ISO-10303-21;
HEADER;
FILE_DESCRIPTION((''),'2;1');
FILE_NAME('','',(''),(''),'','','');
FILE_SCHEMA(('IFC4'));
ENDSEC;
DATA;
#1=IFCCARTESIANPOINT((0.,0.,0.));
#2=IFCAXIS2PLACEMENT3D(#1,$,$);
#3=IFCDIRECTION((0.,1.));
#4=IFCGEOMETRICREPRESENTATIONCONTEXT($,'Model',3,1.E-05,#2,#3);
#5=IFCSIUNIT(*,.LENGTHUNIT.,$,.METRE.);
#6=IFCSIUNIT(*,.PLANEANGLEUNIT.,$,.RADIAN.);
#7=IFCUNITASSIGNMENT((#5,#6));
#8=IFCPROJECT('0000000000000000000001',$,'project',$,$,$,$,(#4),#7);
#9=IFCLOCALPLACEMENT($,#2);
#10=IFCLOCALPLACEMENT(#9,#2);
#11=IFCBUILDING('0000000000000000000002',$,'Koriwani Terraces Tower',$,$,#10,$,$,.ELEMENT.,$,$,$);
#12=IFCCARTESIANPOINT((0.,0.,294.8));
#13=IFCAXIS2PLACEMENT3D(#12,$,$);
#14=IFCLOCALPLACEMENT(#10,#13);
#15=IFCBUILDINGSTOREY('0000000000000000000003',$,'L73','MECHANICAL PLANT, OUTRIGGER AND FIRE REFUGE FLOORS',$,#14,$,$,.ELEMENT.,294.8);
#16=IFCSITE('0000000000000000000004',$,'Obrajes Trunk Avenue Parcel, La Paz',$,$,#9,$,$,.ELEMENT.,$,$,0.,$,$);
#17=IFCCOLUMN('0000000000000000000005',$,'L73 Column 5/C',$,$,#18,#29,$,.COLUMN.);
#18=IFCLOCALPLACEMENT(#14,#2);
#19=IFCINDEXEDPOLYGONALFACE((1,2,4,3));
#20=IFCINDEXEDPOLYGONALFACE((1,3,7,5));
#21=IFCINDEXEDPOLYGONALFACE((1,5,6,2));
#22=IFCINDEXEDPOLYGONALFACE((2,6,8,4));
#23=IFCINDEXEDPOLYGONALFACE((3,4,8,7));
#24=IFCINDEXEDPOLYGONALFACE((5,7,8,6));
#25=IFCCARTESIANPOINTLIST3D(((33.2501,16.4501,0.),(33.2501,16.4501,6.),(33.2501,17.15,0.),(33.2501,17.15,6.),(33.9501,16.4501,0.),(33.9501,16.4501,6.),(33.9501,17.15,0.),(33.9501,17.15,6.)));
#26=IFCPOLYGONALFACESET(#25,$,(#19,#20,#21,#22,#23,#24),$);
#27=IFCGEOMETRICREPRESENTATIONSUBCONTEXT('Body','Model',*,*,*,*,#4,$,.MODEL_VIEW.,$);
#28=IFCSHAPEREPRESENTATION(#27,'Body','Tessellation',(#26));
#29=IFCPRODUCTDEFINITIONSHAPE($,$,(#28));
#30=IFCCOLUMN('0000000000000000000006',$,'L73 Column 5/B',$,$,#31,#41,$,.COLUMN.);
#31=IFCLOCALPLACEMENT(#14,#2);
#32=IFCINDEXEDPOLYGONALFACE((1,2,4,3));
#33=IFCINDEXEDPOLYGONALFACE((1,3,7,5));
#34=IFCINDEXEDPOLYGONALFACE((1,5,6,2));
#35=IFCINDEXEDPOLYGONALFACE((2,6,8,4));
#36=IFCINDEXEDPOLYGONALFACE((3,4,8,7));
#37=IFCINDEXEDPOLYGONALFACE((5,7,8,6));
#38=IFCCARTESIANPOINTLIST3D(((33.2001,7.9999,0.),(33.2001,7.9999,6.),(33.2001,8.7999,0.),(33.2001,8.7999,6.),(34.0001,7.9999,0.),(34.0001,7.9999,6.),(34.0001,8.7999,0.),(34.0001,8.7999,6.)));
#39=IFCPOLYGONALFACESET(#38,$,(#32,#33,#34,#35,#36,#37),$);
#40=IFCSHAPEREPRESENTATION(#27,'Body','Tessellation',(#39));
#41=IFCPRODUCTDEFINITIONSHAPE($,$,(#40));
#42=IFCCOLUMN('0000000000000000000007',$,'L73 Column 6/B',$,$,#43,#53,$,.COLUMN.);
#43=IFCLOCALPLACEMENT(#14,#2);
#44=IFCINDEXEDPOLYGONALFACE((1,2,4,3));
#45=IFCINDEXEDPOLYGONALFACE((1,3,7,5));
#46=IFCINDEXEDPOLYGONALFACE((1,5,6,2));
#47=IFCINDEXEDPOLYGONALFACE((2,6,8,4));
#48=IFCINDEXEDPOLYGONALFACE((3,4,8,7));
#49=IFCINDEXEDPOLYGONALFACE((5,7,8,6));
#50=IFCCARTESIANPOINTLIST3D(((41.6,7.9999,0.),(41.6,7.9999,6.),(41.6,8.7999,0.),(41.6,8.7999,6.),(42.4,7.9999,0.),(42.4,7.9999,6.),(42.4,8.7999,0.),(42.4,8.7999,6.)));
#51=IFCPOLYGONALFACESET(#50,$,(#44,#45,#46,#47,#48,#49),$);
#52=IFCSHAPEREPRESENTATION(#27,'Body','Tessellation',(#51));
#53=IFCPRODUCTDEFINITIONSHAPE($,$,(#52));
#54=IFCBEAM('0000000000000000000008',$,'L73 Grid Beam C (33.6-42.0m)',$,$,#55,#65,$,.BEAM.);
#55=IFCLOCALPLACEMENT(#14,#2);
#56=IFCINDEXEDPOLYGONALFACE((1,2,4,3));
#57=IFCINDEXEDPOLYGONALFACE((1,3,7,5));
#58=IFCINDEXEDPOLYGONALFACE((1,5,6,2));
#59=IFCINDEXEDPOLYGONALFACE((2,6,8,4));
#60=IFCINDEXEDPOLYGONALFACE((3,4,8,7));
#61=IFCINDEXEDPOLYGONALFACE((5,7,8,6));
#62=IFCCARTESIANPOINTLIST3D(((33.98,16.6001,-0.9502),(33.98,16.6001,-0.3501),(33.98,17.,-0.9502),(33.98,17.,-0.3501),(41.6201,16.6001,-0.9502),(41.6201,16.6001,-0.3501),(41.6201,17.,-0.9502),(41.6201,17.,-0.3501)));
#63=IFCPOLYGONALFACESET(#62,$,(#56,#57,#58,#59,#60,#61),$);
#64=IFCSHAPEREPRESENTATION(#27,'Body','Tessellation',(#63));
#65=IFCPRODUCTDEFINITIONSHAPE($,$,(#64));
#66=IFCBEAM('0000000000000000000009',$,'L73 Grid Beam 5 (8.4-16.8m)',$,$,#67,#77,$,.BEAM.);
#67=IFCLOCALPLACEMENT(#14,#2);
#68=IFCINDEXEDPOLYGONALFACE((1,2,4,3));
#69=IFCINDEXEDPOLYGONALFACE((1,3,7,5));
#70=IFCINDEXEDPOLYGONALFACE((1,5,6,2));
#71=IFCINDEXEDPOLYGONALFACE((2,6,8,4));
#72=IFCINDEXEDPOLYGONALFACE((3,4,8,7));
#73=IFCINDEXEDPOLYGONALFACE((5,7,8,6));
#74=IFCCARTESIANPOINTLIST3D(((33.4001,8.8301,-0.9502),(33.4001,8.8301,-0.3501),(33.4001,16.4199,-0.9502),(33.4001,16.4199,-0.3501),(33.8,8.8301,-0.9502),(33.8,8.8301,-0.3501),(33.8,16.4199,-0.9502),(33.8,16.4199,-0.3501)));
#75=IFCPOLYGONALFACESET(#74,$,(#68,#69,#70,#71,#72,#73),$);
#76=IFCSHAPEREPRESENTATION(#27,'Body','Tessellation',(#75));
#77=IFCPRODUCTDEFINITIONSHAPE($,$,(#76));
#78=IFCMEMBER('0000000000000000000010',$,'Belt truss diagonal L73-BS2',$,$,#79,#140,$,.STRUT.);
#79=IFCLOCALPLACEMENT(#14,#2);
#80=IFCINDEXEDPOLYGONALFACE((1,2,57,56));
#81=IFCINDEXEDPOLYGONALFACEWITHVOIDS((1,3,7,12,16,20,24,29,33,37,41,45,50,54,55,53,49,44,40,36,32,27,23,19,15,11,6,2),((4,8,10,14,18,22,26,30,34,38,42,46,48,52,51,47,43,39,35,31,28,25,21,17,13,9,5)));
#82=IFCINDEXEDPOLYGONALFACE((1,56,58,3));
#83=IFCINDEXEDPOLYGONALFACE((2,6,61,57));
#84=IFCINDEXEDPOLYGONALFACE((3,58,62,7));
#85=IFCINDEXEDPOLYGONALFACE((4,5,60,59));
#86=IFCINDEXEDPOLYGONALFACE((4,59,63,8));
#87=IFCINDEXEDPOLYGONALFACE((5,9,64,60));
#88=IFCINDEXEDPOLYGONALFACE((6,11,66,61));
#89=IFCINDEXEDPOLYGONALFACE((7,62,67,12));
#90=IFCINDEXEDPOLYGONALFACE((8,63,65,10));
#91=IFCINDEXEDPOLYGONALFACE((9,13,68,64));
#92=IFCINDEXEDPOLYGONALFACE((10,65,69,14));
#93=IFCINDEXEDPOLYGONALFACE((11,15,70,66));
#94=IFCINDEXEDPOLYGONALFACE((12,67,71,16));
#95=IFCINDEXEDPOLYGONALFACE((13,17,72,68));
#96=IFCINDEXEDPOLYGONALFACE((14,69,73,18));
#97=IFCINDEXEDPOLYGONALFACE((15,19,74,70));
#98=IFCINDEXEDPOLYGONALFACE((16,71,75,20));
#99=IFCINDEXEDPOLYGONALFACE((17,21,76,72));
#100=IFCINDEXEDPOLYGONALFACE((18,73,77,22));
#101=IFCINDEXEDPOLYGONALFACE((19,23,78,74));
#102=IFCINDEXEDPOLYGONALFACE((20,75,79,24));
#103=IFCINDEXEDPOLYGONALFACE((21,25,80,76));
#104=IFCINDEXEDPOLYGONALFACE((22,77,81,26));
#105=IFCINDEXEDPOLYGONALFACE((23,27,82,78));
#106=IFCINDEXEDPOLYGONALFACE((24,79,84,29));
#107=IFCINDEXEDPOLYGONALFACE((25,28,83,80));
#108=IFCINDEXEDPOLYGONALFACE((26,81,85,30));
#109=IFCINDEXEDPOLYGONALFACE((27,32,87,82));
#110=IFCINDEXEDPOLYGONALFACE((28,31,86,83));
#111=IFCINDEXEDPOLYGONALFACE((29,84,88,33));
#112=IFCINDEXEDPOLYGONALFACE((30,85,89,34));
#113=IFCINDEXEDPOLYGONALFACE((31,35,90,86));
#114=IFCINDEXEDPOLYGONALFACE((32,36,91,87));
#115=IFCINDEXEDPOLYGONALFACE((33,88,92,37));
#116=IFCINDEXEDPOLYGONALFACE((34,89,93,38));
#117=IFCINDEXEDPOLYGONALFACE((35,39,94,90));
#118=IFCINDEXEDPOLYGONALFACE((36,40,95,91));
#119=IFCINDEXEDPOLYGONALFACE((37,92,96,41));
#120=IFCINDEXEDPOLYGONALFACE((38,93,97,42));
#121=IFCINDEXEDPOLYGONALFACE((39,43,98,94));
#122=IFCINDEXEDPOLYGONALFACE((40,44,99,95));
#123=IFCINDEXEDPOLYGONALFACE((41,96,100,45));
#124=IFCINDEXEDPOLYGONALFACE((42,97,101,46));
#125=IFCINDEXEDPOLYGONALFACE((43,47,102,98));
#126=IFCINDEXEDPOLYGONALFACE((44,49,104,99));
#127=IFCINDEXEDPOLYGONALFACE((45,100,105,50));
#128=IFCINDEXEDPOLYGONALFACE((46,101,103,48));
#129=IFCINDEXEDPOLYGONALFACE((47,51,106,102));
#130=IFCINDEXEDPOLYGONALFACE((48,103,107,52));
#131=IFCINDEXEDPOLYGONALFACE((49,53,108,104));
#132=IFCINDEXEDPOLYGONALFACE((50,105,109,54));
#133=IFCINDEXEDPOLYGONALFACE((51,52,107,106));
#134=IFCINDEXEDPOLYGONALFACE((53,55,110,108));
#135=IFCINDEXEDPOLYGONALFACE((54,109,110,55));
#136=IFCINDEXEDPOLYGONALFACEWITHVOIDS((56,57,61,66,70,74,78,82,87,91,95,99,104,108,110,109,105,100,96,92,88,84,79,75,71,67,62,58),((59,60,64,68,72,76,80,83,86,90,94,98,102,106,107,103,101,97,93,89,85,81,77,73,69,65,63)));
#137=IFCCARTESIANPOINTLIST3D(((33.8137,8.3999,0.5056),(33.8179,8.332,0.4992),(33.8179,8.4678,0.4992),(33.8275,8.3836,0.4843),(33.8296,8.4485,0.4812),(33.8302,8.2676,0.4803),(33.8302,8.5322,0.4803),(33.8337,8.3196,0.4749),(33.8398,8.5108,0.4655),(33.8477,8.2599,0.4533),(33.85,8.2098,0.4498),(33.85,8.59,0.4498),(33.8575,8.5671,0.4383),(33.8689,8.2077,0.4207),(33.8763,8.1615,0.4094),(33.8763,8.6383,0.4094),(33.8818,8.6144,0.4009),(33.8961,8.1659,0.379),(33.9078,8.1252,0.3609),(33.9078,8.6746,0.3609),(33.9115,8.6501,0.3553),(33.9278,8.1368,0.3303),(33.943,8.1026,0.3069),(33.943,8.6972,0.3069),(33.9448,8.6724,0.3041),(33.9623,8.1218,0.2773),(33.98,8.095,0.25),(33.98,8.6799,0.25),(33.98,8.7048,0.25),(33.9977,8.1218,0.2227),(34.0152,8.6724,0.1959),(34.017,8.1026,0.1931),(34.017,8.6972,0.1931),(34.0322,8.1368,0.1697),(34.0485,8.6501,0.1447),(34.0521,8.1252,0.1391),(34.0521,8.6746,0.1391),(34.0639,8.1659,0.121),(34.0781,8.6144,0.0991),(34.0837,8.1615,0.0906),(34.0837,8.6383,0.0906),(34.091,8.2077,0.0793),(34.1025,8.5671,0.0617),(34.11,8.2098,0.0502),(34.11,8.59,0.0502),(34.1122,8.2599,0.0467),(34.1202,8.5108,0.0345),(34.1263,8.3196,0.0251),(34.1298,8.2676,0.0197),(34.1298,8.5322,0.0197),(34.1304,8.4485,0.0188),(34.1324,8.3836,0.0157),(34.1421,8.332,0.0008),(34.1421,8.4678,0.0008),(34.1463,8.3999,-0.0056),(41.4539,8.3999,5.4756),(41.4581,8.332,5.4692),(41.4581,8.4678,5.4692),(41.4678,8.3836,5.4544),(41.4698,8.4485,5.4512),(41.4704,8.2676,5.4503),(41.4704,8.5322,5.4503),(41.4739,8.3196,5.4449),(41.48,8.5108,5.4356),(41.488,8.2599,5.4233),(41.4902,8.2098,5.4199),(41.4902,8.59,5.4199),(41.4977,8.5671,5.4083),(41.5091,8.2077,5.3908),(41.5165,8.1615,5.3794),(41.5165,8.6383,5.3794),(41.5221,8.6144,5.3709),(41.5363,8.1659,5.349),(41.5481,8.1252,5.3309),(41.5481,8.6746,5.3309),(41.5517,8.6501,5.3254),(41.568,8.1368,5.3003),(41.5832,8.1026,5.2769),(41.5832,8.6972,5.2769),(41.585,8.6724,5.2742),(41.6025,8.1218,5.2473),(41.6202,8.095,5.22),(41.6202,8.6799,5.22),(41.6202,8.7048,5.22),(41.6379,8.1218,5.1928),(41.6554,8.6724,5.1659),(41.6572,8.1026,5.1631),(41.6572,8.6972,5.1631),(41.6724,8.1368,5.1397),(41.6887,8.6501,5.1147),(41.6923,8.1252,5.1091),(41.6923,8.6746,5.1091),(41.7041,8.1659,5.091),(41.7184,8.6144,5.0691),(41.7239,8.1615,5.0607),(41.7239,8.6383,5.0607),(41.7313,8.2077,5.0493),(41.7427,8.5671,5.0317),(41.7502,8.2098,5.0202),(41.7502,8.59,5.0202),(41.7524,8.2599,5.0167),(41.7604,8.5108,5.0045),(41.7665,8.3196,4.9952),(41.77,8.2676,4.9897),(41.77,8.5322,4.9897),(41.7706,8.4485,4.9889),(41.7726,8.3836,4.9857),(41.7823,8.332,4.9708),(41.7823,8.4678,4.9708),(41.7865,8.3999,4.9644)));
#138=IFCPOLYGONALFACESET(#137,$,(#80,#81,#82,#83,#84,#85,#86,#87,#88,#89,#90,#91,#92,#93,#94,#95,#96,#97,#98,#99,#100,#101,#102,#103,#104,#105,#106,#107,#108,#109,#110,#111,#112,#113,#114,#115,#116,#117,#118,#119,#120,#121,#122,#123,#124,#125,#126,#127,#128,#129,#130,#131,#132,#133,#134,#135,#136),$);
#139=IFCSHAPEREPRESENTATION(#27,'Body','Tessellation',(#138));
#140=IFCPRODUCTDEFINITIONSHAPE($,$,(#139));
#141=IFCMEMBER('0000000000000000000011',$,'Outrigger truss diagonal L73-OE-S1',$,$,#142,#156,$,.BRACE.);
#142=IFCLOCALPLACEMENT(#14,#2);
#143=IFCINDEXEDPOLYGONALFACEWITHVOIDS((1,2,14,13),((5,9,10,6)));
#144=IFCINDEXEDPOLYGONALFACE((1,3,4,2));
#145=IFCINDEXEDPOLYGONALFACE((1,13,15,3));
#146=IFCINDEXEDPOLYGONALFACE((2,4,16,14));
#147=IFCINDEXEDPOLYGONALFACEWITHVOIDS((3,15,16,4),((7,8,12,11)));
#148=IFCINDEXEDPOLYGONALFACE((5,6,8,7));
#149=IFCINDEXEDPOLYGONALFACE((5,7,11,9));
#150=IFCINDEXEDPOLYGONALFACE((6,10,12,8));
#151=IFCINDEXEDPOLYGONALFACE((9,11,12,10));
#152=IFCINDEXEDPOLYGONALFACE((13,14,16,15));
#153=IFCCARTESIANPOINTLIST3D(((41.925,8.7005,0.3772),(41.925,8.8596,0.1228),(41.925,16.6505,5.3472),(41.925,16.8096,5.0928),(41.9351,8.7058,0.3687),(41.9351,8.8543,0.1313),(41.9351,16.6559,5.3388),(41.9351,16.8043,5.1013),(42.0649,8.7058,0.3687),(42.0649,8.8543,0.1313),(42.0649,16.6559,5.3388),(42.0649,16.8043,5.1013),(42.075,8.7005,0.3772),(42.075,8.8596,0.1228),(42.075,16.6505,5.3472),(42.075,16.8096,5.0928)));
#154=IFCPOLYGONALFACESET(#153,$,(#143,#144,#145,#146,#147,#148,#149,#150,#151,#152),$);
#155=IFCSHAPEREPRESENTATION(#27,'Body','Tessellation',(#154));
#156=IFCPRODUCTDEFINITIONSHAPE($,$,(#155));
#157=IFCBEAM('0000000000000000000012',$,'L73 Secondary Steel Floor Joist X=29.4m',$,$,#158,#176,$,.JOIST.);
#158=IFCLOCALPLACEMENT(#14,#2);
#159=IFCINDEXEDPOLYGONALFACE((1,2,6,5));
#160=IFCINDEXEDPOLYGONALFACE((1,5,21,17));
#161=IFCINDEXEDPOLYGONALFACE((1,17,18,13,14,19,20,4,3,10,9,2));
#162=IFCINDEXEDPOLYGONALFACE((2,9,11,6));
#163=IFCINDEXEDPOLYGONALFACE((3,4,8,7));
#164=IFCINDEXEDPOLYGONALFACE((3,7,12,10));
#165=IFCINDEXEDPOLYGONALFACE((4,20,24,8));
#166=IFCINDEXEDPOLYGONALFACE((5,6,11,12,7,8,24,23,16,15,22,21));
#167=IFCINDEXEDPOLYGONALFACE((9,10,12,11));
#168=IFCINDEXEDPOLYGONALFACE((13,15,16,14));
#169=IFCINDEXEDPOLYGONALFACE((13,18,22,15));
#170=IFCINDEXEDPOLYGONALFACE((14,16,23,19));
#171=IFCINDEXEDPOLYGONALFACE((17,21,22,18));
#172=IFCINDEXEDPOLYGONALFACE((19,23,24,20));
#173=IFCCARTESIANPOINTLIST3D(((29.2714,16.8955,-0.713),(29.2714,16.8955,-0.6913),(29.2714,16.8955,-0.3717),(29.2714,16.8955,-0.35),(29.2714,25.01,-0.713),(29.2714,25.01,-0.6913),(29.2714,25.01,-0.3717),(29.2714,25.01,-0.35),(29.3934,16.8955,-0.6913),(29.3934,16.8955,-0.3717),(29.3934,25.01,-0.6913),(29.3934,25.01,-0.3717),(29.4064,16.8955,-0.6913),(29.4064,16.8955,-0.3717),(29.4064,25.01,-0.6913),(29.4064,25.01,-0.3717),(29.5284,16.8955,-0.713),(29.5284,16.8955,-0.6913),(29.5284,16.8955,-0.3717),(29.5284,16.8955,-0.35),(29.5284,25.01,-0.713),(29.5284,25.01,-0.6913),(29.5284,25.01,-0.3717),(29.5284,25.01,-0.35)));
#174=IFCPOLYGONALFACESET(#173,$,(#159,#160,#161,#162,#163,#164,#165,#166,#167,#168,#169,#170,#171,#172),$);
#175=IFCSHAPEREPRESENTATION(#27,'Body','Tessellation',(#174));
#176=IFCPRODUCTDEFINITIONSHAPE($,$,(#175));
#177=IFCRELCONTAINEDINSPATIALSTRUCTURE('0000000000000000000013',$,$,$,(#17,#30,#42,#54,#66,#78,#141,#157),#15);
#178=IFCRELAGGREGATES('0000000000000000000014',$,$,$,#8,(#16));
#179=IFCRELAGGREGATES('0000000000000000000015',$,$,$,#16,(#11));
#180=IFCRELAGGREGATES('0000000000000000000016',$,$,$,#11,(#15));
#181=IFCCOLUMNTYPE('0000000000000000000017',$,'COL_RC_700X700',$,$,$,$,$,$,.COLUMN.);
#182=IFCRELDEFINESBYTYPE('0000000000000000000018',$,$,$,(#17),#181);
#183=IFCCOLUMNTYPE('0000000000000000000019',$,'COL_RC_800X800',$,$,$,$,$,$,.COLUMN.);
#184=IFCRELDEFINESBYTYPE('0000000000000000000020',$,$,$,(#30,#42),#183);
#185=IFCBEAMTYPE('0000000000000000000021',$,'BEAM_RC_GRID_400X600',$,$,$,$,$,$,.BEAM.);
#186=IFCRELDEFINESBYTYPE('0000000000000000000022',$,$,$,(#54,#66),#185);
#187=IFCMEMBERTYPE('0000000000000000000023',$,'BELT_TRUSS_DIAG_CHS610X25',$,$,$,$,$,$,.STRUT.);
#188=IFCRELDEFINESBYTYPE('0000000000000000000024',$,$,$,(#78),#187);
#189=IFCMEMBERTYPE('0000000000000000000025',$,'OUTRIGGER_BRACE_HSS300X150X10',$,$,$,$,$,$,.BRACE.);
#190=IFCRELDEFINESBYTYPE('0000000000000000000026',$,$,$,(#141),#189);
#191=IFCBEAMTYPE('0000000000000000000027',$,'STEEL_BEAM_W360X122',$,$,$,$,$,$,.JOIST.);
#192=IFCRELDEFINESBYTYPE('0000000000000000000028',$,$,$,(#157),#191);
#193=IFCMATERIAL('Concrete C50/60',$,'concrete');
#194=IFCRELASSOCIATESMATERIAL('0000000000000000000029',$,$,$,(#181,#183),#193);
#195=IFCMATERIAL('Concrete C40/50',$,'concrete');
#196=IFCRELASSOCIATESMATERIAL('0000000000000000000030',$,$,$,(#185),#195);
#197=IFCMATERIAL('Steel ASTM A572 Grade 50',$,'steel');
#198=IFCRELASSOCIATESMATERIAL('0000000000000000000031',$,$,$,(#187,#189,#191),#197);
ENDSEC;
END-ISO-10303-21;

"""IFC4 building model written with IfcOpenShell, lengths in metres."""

from ifc_helpers import new_model, si_unit, direction, frame, origin, origin_2d, place, context, subcontext, project, spatial, rectangle, hollow_rectangle, hollow_circle, i_section, extrude, material, material_profile, profile_set, type_object, element, save


model = new_model("IFC4")

# Units and contexts
model_context = context("Model", 3, precision=1e-05, world=origin(), true_north=direction((0.0, 1.0)))
body_context = subcontext(model_context, "Body", "Model", "MODEL_VIEW")
ifc_project = project(units=[si_unit("LENGTHUNIT", "METRE"), si_unit("PLANEANGLEUNIT", "RADIAN")], contexts=[model_context])

# Site, building, storey
site_placement = place(None, origin())
site = spatial("IfcSite", under=ifc_project, at=site_placement, Name="Obrajes Trunk Avenue Parcel, La Paz", CompositionType="ELEMENT", RefElevation=0.0)
building_placement = place(site_placement, origin())
building = spatial("IfcBuilding", under=site, at=building_placement, Name="Koriwani Terraces Tower", CompositionType="ELEMENT")
storey_placement = place(building_placement, frame((0.0, 0.0, 294.8)))
storey = spatial("IfcBuildingStorey", under=building, at=storey_placement, Name="L73", Description="MECHANICAL PLANT, OUTRIGGER AND FIRE REFUGE FLOORS", CompositionType="ELEMENT", Elevation=294.8)

# Columns
ifc_material_1 = material(Name="Concrete C50/60", Category="concrete")
ifc_material_profile_1 = material_profile(ifc_material_1, rectangle(XDim=0.7, YDim=0.7, at=origin_2d()), Name="Concrete C50/60", Category="LoadBearing")
ifc_profile_set_1 = profile_set([ifc_material_profile_1], Name="Concrete C50/60")
column_type_1 = type_object("IfcColumnType", Name="COL_RC_700X700", PredefinedType="COLUMN", material=ifc_profile_set_1)
column_placement = place(storey_placement, frame((33.6001, 16.8, 0.0), z_axis=(0.0, 0.0, 1.0), x_axis=(1.0, 0.0, 0.0)))
element("IfcColumn", 1, at=column_placement, inside=storey, type_object=column_type_1, Name="L73 Column 5/C", PredefinedType="COLUMN", context=body_context, shape_type="SweptSolid", body=[
    extrude(rectangle(XDim=0.7, YDim=0.7, at=origin_2d()), origin(), (0.0, 0.0, 1.0), 6.0),
])
ifc_material_profile_2 = material_profile(ifc_material_1, rectangle(XDim=0.8, YDim=0.8, at=origin_2d()), Name="Concrete C50/60", Category="LoadBearing")
ifc_profile_set_2 = profile_set([ifc_material_profile_2], Name="Concrete C50/60")
column_type_2 = type_object("IfcColumnType", Name="COL_RC_800X800", PredefinedType="COLUMN", material=ifc_profile_set_2)
for number, where, z_axis, x_axis, name in (
    (2, (33.6001, 8.3999, 0.0), (0.0, 0.0, 1.0), (1.0, 0.0, 0.0), "L73 Column 5/B"),
    (3, (42.0, 8.3999, 0.0), (0.0, 0.0, 1.0), (1.0, 0.0, 0.0), "L73 Column 6/B"),
):
    element("IfcColumn", number, at=place(storey_placement, frame(where, z_axis=z_axis, x_axis=x_axis)), inside=storey, type_object=column_type_2, Name=name, PredefinedType="COLUMN", context=body_context, shape_type="SweptSolid", body=[
        extrude(rectangle(XDim=0.8, YDim=0.8, at=origin_2d()), origin(), (0.0, 0.0, 1.0), 6.0),
    ])

# Beams
ifc_material_2 = material(Name="Concrete C40/50", Category="concrete")
ifc_material_profile_3 = material_profile(ifc_material_2, rectangle(XDim=0.3999, YDim=0.6001, at=origin_2d()), Name="Concrete C40/50", Category="LoadBearing")
ifc_profile_set_3 = profile_set([ifc_material_profile_3], Name="Concrete C40/50")
beam_type_1 = type_object("IfcBeamType", Name="BEAM_RC_GRID_400X600", PredefinedType="BEAM", material=ifc_profile_set_3)
beam_1_placement = place(storey_placement, frame((33.98, 16.8, -0.6501), z_axis=(1.0, 0.0, 0.0), x_axis=(0.0, 1.0, 0.0)))
element("IfcBeam", 4, at=beam_1_placement, inside=storey, type_object=beam_type_1, Name="L73 Grid Beam C (33.6-42.0m)", PredefinedType="BEAM", context=body_context, shape_type="SweptSolid", body=[
    extrude(rectangle(XDim=0.3999, YDim=0.6001, at=origin_2d()), origin(), (0.0, 0.0, 1.0), 7.6401),
])
beam_2_placement = place(storey_placement, frame((33.6001, 8.8301, -0.6501), z_axis=(0.0, 1.0, 0.0), x_axis=(-1.0, 0.0, 0.0)))
element("IfcBeam", 5, at=beam_2_placement, inside=storey, type_object=beam_type_1, Name="L73 Grid Beam 5 (8.4-16.8m)", PredefinedType="BEAM", context=body_context, shape_type="SweptSolid", body=[
    extrude(rectangle(XDim=0.3999, YDim=0.6001, at=origin_2d()), origin(), (0.0, 0.0, 1.0), 7.5898),
])

# Members
ifc_material_3 = material(Name="Steel ASTM A572 Grade 50", Category="steel")
ifc_material_profile_4 = material_profile(ifc_material_3, hollow_circle(Radius=0.3049, WallThickness=0.0249, at=origin_2d()), Name="Steel ASTM A572 Grade 50", Category="LoadBearing")
ifc_profile_set_4 = profile_set([ifc_material_profile_4], Name="Steel ASTM A572 Grade 50")
member_type_1 = type_object("IfcMemberType", Name="BELT_TRUSS_DIAG_CHS610X25", PredefinedType="STRUT", material=ifc_profile_set_4)
member_1_placement = place(storey_placement, frame((33.98, 8.3999, 0.25), z_axis=(0.838249, 0.0, 0.545288), x_axis=(0.0, 1.0, 0.0)))
element("IfcMember", 6, at=member_1_placement, inside=storey, type_object=member_type_1, Name="Belt truss diagonal L73-BS2", PredefinedType="STRUT", context=body_context, shape_type="SweptSolid", body=[
    extrude(hollow_circle(Radius=0.3049, WallThickness=0.0249, at=origin_2d()), origin(), (0.0, 0.0, 1.0), 9.1145),
])
ifc_material_profile_5 = material_profile(ifc_material_3, hollow_rectangle(XDim=0.1499, YDim=0.3, WallThickness=0.01, at=origin_2d()), Name="Steel ASTM A572 Grade 50", Category="LoadBearing")
ifc_profile_set_5 = profile_set([ifc_material_profile_5], Name="Steel ASTM A572 Grade 50")
member_type_2 = type_object("IfcMemberType", Name="OUTRIGGER_BRACE_HSS300X150X10", PredefinedType="BRACE", material=ifc_profile_set_5)
member_2_placement = place(storey_placement, frame((42.0, 8.78, 0.25), z_axis=(0.0, 0.847938, 0.530095), x_axis=(-1.0, 0.0, 0.0)))
element("IfcMember", 7, at=member_2_placement, inside=storey, type_object=member_type_2, Name="Outrigger truss diagonal L73-OE-S1", PredefinedType="BRACE", context=body_context, shape_type="SweptSolid", body=[
    extrude(hollow_rectangle(XDim=0.1499, YDim=0.3, WallThickness=0.01, at=origin_2d()), origin(), (0.0, 0.0, 1.0), 9.3757),
])

# Beam
ifc_material_profile_6 = material_profile(ifc_material_3, i_section(OverallWidth=0.2571, OverallDepth=0.363, WebThickness=0.0129, FlangeThickness=0.0217, at=origin_2d()), Name="Steel ASTM A572 Grade 50", Category="LoadBearing")
ifc_profile_set_6 = profile_set([ifc_material_profile_6], Name="Steel ASTM A572 Grade 50")
beam_type_2 = type_object("IfcBeamType", Name="STEEL_BEAM_W360X122", PredefinedType="JOIST", material=ifc_profile_set_6)
beam_3_placement = place(storey_placement, frame((29.3999, 16.8955, -0.5315), z_axis=(0.0, 1.0, 0.0), x_axis=(-1.0, 0.0, 0.0)))
element("IfcBeam", 8, at=beam_3_placement, inside=storey, type_object=beam_type_2, Name="L73 Secondary Steel Floor Joist X=29.4m", PredefinedType="JOIST", context=body_context, shape_type="SweptSolid", body=[
    extrude(i_section(OverallWidth=0.2571, OverallDepth=0.363, WebThickness=0.0129, FlangeThickness=0.0217, at=origin_2d()), origin(), (0.0, 0.0, 1.0), 8.1145),
])

save(model, "model.ifc")
